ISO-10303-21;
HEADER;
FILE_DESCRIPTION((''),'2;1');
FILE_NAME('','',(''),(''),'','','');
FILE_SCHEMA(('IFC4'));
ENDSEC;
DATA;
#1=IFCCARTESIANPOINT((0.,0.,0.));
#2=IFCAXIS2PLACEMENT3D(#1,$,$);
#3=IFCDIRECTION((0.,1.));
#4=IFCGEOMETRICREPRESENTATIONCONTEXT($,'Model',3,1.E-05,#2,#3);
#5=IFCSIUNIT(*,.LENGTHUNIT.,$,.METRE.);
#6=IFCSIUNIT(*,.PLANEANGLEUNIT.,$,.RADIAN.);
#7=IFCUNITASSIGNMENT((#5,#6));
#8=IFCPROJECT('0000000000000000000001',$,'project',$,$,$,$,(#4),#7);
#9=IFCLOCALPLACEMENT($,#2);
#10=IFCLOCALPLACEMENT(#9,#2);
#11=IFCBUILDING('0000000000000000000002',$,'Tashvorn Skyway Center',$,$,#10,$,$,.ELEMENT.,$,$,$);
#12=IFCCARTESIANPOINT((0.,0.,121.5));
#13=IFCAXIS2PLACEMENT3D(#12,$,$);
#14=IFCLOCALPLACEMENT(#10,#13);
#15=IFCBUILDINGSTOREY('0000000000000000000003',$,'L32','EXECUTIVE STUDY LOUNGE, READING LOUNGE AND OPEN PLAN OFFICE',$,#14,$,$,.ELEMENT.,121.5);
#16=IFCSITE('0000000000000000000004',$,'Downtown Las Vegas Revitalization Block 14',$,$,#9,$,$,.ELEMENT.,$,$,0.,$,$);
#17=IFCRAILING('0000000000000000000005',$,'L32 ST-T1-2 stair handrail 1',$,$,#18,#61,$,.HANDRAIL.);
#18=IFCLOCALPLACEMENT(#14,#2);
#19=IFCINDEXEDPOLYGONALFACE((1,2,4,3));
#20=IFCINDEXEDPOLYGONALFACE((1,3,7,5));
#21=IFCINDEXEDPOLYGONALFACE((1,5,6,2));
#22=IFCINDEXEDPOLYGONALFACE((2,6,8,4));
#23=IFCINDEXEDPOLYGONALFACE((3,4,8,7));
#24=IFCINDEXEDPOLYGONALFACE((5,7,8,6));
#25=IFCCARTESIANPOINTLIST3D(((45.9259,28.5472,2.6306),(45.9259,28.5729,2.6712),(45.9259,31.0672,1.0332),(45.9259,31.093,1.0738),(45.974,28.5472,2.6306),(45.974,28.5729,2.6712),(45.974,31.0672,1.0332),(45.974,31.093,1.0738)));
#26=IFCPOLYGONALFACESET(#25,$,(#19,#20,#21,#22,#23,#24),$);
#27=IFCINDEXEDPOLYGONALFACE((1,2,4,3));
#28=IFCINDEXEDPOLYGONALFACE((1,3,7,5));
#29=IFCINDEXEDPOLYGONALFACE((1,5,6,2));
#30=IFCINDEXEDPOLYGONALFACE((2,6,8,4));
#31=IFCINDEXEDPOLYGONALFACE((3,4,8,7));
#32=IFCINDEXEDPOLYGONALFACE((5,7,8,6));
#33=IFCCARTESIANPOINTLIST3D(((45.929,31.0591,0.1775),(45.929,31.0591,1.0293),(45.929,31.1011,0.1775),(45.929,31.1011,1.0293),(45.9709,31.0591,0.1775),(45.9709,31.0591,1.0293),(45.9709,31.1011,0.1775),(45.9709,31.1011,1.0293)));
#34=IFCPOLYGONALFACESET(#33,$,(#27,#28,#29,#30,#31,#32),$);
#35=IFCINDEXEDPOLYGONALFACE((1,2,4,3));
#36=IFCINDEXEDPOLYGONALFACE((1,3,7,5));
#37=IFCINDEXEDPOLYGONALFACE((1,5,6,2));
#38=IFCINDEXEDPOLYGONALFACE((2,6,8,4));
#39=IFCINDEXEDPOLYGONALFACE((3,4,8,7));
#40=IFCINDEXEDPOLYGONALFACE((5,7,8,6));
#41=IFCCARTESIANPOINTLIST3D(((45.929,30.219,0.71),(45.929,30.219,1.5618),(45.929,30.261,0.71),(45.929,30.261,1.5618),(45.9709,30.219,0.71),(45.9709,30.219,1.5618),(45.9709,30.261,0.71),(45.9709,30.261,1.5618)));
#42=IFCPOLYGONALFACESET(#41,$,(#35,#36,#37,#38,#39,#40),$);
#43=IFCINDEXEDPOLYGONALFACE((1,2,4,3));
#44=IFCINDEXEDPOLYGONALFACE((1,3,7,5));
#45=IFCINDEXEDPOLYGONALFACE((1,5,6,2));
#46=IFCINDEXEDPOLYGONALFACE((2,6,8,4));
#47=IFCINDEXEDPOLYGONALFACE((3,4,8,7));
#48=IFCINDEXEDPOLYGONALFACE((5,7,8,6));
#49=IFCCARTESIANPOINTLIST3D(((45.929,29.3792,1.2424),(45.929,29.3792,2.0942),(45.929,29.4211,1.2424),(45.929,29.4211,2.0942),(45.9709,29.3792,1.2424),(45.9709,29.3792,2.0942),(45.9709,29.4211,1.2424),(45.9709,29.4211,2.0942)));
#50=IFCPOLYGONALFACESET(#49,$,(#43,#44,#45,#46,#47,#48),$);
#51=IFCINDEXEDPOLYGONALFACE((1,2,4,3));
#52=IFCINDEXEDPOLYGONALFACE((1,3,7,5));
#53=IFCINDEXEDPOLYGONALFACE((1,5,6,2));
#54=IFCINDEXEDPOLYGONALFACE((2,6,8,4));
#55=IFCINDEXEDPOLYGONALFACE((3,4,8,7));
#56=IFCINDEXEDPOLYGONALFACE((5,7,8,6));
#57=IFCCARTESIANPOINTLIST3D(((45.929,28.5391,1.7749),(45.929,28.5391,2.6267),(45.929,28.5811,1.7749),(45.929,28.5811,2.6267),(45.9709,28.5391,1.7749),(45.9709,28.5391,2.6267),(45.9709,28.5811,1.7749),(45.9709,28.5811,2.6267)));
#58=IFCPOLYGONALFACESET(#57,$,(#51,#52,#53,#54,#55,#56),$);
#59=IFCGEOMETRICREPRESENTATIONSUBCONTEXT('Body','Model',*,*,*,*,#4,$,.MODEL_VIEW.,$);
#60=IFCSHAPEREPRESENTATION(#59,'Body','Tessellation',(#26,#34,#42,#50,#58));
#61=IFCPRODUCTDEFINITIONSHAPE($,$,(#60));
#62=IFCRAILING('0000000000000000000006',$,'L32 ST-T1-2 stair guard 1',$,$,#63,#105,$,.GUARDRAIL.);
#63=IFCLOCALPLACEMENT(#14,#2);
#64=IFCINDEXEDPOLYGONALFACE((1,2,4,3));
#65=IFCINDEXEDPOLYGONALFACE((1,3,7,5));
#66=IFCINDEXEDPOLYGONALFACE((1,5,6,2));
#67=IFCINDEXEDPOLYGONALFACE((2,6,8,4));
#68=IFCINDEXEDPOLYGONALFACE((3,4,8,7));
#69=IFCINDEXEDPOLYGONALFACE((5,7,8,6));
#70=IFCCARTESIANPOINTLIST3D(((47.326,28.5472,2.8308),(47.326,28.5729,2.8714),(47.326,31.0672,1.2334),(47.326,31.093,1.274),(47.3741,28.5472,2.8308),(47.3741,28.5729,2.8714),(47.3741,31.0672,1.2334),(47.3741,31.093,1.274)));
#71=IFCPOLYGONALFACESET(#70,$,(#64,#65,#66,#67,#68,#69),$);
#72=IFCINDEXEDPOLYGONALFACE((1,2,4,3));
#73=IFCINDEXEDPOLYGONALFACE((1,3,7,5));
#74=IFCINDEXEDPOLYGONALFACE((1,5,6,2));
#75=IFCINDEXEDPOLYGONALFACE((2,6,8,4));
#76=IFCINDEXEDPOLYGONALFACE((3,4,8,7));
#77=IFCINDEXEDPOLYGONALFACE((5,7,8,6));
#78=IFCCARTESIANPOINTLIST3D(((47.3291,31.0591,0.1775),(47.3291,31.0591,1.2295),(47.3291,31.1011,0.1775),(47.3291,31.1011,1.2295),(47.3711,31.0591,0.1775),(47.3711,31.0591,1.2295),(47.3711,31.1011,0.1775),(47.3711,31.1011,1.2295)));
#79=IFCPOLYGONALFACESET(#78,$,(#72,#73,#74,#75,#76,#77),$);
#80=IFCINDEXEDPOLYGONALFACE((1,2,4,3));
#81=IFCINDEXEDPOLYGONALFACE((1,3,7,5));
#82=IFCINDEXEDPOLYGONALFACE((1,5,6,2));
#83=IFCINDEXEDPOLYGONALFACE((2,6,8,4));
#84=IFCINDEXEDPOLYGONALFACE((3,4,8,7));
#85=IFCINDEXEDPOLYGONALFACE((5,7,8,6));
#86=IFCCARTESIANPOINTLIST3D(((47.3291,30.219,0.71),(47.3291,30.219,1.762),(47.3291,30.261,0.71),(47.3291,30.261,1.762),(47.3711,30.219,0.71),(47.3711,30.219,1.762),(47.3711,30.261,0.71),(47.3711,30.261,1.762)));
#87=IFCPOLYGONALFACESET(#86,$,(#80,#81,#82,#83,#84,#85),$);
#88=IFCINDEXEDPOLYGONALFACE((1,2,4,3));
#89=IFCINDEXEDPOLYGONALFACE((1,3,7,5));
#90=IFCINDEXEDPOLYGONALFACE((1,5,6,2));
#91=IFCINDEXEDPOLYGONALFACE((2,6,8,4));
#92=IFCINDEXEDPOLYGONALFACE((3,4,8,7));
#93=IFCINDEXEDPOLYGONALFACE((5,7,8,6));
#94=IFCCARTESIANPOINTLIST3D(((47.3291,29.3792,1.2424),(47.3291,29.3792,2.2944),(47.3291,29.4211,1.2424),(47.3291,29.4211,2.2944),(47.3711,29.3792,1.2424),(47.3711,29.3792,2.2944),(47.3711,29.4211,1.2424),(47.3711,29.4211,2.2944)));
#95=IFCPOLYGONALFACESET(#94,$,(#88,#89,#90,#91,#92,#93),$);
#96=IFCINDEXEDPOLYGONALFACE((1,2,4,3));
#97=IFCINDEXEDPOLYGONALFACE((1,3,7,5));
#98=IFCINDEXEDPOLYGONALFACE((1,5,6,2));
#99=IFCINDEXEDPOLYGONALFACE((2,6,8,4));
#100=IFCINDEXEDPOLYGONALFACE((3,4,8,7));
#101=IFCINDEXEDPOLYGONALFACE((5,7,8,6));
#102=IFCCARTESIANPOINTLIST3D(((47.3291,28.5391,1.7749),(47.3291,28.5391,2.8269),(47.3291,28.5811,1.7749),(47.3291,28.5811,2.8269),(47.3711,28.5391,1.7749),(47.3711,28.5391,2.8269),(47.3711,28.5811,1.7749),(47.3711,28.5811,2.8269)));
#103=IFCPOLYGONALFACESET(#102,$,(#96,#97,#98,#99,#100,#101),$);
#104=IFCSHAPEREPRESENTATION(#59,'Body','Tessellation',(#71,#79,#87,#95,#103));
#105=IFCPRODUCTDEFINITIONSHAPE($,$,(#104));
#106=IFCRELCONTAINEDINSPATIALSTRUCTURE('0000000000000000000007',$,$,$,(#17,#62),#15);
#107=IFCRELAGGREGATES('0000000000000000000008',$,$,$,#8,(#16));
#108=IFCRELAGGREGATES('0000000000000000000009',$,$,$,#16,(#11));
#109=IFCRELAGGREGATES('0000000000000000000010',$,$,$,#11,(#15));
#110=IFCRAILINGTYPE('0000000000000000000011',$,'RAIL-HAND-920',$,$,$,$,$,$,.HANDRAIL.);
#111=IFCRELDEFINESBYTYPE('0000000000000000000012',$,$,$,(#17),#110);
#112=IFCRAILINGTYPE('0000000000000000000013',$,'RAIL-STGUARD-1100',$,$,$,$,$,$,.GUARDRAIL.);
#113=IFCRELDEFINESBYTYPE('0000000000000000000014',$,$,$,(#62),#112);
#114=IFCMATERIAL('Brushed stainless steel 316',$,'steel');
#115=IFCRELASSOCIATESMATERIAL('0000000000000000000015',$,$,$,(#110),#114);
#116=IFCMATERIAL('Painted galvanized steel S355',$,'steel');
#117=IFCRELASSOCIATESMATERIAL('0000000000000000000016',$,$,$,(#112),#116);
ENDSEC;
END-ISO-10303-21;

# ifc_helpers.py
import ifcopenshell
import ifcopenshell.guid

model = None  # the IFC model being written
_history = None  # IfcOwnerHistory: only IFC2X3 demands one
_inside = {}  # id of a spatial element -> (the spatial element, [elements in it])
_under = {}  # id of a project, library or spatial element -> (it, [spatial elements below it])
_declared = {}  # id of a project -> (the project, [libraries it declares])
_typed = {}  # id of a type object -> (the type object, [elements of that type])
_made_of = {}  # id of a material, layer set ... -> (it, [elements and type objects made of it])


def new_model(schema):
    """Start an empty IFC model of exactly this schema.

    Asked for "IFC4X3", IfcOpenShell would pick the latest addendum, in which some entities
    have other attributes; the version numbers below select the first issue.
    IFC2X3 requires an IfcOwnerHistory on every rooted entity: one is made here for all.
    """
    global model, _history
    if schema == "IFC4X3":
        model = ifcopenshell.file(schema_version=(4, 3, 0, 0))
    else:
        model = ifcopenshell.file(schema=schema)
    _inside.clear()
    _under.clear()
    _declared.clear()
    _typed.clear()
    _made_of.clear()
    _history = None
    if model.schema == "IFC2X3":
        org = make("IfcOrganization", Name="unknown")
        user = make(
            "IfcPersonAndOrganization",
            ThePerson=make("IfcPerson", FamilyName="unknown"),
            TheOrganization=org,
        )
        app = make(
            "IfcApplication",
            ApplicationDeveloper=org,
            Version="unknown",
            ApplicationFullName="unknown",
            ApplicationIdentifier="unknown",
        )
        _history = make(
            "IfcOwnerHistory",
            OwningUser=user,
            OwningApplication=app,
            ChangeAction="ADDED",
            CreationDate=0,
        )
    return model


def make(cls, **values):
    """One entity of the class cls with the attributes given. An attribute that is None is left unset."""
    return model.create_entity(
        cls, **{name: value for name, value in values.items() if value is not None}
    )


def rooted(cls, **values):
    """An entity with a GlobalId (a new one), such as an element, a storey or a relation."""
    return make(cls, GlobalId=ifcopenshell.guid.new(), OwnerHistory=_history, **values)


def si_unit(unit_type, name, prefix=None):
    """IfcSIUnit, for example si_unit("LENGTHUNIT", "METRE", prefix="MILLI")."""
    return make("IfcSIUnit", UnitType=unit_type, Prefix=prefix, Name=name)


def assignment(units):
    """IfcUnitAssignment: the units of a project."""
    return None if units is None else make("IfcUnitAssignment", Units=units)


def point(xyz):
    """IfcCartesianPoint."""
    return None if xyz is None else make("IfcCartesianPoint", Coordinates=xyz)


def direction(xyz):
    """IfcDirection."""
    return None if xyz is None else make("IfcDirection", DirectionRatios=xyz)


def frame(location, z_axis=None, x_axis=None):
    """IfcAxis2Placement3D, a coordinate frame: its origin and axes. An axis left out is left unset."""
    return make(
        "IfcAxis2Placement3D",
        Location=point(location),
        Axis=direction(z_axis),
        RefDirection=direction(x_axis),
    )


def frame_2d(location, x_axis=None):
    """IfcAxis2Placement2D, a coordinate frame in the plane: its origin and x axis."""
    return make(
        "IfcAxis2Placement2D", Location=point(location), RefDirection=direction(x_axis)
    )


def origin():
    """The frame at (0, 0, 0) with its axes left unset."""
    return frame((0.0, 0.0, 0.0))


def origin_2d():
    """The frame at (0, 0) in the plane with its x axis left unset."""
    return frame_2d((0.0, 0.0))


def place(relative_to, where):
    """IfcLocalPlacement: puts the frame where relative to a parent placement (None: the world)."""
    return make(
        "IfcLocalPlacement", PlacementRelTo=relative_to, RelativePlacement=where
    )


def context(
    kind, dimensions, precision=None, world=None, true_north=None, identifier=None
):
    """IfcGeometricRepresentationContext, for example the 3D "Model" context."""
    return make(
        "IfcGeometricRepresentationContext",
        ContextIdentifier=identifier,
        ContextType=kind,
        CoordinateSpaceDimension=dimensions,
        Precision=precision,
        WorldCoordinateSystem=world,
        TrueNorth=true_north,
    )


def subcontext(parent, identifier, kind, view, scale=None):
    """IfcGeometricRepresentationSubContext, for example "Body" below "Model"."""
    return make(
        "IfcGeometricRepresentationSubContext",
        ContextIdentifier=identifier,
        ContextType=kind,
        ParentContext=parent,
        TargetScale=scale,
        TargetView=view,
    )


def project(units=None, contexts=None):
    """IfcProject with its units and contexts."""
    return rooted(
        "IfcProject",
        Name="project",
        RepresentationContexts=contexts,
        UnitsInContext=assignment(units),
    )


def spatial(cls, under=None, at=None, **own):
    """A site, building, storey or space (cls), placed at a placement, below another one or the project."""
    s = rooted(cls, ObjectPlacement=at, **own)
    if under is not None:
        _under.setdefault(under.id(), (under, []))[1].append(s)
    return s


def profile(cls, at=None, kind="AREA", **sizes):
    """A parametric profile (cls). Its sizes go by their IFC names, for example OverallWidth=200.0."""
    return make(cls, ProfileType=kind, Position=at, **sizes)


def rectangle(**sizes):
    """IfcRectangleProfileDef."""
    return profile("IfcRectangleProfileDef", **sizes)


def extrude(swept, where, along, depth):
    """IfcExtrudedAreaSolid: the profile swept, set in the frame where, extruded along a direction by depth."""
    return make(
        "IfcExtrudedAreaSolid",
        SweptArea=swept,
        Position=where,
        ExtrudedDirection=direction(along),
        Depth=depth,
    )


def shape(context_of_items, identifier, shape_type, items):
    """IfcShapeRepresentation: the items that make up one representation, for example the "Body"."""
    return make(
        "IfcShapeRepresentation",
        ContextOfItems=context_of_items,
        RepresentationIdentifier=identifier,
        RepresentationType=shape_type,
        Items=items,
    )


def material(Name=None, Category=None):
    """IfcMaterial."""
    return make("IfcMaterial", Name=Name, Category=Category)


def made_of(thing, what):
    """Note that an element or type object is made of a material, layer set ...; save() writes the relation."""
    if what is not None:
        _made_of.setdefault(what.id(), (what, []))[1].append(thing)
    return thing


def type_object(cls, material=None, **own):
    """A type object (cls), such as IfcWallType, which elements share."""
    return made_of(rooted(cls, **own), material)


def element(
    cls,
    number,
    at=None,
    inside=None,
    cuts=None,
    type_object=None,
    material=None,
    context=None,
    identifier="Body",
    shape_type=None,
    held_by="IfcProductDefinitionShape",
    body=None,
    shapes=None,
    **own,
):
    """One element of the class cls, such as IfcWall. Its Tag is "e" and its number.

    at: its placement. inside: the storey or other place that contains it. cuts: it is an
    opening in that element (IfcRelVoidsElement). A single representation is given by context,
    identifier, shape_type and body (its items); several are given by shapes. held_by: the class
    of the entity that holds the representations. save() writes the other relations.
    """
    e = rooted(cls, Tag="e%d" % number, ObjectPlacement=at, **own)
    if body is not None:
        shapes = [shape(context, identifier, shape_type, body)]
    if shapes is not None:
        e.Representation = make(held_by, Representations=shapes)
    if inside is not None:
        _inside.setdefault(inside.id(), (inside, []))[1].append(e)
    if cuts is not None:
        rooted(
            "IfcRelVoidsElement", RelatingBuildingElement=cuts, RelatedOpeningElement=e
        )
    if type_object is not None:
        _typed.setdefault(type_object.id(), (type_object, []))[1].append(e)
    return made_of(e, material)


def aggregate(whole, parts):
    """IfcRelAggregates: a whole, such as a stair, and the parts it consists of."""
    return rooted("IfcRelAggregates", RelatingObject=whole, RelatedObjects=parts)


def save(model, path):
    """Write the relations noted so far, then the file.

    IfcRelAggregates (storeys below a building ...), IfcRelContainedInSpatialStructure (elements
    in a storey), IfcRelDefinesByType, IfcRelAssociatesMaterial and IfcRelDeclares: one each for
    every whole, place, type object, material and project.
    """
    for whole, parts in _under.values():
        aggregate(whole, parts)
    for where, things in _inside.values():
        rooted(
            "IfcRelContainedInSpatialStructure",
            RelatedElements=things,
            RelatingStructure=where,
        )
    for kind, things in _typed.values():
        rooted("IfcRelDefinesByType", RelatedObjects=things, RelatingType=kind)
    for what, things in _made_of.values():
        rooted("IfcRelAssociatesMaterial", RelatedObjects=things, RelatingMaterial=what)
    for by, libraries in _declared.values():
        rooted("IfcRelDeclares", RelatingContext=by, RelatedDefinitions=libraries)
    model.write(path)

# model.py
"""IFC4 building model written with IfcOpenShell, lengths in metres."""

from ifc_helpers import new_model, si_unit, direction, frame, origin, origin_2d, place, context, subcontext, project, spatial, rectangle, extrude, material, type_object, element, save


model = new_model("IFC4")

# Units and contexts
model_context = context("Model", 3, precision=1e-05, world=origin(), true_north=direction((0.0, 1.0)))
body_context = subcontext(model_context, "Body", "Model", "MODEL_VIEW")
ifc_project = project(units=[si_unit("LENGTHUNIT", "METRE"), si_unit("PLANEANGLEUNIT", "RADIAN")], contexts=[model_context])

# Site, building, storey
site_placement = place(None, origin())
site = spatial("IfcSite", under=ifc_project, at=site_placement, Name="Downtown Las Vegas Revitalization Block 14", CompositionType="ELEMENT", RefElevation=0.0)
building_placement = place(site_placement, origin())
building = spatial("IfcBuilding", under=site, at=building_placement, Name="Tashvorn Skyway Center", CompositionType="ELEMENT")
storey_placement = place(building_placement, frame((0.0, 0.0, 121.5)))
storey = spatial("IfcBuildingStorey", under=building, at=storey_placement, Name="L32", Description="EXECUTIVE STUDY LOUNGE, READING LOUNGE AND OPEN PLAN OFFICE", CompositionType="ELEMENT", Elevation=121.5)

# Railings
ifc_material_1 = material(Name="Brushed stainless steel 316", Category="steel")
railing_type_1 = type_object("IfcRailingType", Name="RAIL-HAND-920", PredefinedType="HANDRAIL", material=ifc_material_1)
railing_1_placement = place(storey_placement, frame((45.95, 31.0801, 0.1775)))
element("IfcRailing", 1, at=railing_1_placement, inside=storey, type_object=railing_type_1, Name="L32 ST-T1-2 stair handrail 1", PredefinedType="HANDRAIL", context=body_context, shape_type="SweptSolid", body=[
    extrude(rectangle(XDim=0.0481, YDim=0.0481, at=origin_2d()), frame((0.0, 0.0, 0.876), z_axis=(0.0, -0.844607, 0.535387), x_axis=(1.0, 0.0, 0.0)), (0.0, 0.0, 1.0), 2.9836),
    extrude(rectangle(XDim=0.042, YDim=0.042, at=origin_2d()), origin(), (0.0, 0.0, 1.0), 0.8518),
    extrude(rectangle(XDim=0.042, YDim=0.042, at=origin_2d()), frame((0.0, -0.8401, 0.5325)), (0.0, 0.0, 1.0), 0.8518),
    extrude(rectangle(XDim=0.042, YDim=0.042, at=origin_2d()), frame((0.0, -1.6799, 1.0649)), (0.0, 0.0, 1.0), 0.8518),
    extrude(rectangle(XDim=0.042, YDim=0.042, at=origin_2d()), frame((0.0, -2.52, 1.5974)), (0.0, 0.0, 1.0), 0.8518),
])
ifc_material_2 = material(Name="Painted galvanized steel S355", Category="steel")
railing_type_2 = type_object("IfcRailingType", Name="RAIL-STGUARD-1100", PredefinedType="GUARDRAIL", material=ifc_material_2)
railing_2_placement = place(storey_placement, frame((47.3501, 31.0801, 0.1775)))
element("IfcRailing", 2, at=railing_2_placement, inside=storey, type_object=railing_type_2, Name="L32 ST-T1-2 stair guard 1", PredefinedType="GUARDRAIL", context=body_context, shape_type="SweptSolid", body=[
    extrude(rectangle(XDim=0.0481, YDim=0.0481, at=origin_2d()), frame((0.0, 0.0, 1.0762), z_axis=(0.0, -0.844607, 0.535387), x_axis=(1.0, 0.0, 0.0)), (0.0, 0.0, 1.0), 2.9836),
    extrude(rectangle(XDim=0.042, YDim=0.042, at=origin_2d()), origin(), (0.0, 0.0, 1.0), 1.052),
    extrude(rectangle(XDim=0.042, YDim=0.042, at=origin_2d()), frame((0.0, -0.8401, 0.5325)), (0.0, 0.0, 1.0), 1.052),
    extrude(rectangle(XDim=0.042, YDim=0.042, at=origin_2d()), frame((0.0, -1.6799, 1.0649)), (0.0, 0.0, 1.0), 1.052),
    extrude(rectangle(XDim=0.042, YDim=0.042, at=origin_2d()), frame((0.0, -2.52, 1.5974)), (0.0, 0.0, 1.0), 1.052),
])

save(model, "model.ifc")
